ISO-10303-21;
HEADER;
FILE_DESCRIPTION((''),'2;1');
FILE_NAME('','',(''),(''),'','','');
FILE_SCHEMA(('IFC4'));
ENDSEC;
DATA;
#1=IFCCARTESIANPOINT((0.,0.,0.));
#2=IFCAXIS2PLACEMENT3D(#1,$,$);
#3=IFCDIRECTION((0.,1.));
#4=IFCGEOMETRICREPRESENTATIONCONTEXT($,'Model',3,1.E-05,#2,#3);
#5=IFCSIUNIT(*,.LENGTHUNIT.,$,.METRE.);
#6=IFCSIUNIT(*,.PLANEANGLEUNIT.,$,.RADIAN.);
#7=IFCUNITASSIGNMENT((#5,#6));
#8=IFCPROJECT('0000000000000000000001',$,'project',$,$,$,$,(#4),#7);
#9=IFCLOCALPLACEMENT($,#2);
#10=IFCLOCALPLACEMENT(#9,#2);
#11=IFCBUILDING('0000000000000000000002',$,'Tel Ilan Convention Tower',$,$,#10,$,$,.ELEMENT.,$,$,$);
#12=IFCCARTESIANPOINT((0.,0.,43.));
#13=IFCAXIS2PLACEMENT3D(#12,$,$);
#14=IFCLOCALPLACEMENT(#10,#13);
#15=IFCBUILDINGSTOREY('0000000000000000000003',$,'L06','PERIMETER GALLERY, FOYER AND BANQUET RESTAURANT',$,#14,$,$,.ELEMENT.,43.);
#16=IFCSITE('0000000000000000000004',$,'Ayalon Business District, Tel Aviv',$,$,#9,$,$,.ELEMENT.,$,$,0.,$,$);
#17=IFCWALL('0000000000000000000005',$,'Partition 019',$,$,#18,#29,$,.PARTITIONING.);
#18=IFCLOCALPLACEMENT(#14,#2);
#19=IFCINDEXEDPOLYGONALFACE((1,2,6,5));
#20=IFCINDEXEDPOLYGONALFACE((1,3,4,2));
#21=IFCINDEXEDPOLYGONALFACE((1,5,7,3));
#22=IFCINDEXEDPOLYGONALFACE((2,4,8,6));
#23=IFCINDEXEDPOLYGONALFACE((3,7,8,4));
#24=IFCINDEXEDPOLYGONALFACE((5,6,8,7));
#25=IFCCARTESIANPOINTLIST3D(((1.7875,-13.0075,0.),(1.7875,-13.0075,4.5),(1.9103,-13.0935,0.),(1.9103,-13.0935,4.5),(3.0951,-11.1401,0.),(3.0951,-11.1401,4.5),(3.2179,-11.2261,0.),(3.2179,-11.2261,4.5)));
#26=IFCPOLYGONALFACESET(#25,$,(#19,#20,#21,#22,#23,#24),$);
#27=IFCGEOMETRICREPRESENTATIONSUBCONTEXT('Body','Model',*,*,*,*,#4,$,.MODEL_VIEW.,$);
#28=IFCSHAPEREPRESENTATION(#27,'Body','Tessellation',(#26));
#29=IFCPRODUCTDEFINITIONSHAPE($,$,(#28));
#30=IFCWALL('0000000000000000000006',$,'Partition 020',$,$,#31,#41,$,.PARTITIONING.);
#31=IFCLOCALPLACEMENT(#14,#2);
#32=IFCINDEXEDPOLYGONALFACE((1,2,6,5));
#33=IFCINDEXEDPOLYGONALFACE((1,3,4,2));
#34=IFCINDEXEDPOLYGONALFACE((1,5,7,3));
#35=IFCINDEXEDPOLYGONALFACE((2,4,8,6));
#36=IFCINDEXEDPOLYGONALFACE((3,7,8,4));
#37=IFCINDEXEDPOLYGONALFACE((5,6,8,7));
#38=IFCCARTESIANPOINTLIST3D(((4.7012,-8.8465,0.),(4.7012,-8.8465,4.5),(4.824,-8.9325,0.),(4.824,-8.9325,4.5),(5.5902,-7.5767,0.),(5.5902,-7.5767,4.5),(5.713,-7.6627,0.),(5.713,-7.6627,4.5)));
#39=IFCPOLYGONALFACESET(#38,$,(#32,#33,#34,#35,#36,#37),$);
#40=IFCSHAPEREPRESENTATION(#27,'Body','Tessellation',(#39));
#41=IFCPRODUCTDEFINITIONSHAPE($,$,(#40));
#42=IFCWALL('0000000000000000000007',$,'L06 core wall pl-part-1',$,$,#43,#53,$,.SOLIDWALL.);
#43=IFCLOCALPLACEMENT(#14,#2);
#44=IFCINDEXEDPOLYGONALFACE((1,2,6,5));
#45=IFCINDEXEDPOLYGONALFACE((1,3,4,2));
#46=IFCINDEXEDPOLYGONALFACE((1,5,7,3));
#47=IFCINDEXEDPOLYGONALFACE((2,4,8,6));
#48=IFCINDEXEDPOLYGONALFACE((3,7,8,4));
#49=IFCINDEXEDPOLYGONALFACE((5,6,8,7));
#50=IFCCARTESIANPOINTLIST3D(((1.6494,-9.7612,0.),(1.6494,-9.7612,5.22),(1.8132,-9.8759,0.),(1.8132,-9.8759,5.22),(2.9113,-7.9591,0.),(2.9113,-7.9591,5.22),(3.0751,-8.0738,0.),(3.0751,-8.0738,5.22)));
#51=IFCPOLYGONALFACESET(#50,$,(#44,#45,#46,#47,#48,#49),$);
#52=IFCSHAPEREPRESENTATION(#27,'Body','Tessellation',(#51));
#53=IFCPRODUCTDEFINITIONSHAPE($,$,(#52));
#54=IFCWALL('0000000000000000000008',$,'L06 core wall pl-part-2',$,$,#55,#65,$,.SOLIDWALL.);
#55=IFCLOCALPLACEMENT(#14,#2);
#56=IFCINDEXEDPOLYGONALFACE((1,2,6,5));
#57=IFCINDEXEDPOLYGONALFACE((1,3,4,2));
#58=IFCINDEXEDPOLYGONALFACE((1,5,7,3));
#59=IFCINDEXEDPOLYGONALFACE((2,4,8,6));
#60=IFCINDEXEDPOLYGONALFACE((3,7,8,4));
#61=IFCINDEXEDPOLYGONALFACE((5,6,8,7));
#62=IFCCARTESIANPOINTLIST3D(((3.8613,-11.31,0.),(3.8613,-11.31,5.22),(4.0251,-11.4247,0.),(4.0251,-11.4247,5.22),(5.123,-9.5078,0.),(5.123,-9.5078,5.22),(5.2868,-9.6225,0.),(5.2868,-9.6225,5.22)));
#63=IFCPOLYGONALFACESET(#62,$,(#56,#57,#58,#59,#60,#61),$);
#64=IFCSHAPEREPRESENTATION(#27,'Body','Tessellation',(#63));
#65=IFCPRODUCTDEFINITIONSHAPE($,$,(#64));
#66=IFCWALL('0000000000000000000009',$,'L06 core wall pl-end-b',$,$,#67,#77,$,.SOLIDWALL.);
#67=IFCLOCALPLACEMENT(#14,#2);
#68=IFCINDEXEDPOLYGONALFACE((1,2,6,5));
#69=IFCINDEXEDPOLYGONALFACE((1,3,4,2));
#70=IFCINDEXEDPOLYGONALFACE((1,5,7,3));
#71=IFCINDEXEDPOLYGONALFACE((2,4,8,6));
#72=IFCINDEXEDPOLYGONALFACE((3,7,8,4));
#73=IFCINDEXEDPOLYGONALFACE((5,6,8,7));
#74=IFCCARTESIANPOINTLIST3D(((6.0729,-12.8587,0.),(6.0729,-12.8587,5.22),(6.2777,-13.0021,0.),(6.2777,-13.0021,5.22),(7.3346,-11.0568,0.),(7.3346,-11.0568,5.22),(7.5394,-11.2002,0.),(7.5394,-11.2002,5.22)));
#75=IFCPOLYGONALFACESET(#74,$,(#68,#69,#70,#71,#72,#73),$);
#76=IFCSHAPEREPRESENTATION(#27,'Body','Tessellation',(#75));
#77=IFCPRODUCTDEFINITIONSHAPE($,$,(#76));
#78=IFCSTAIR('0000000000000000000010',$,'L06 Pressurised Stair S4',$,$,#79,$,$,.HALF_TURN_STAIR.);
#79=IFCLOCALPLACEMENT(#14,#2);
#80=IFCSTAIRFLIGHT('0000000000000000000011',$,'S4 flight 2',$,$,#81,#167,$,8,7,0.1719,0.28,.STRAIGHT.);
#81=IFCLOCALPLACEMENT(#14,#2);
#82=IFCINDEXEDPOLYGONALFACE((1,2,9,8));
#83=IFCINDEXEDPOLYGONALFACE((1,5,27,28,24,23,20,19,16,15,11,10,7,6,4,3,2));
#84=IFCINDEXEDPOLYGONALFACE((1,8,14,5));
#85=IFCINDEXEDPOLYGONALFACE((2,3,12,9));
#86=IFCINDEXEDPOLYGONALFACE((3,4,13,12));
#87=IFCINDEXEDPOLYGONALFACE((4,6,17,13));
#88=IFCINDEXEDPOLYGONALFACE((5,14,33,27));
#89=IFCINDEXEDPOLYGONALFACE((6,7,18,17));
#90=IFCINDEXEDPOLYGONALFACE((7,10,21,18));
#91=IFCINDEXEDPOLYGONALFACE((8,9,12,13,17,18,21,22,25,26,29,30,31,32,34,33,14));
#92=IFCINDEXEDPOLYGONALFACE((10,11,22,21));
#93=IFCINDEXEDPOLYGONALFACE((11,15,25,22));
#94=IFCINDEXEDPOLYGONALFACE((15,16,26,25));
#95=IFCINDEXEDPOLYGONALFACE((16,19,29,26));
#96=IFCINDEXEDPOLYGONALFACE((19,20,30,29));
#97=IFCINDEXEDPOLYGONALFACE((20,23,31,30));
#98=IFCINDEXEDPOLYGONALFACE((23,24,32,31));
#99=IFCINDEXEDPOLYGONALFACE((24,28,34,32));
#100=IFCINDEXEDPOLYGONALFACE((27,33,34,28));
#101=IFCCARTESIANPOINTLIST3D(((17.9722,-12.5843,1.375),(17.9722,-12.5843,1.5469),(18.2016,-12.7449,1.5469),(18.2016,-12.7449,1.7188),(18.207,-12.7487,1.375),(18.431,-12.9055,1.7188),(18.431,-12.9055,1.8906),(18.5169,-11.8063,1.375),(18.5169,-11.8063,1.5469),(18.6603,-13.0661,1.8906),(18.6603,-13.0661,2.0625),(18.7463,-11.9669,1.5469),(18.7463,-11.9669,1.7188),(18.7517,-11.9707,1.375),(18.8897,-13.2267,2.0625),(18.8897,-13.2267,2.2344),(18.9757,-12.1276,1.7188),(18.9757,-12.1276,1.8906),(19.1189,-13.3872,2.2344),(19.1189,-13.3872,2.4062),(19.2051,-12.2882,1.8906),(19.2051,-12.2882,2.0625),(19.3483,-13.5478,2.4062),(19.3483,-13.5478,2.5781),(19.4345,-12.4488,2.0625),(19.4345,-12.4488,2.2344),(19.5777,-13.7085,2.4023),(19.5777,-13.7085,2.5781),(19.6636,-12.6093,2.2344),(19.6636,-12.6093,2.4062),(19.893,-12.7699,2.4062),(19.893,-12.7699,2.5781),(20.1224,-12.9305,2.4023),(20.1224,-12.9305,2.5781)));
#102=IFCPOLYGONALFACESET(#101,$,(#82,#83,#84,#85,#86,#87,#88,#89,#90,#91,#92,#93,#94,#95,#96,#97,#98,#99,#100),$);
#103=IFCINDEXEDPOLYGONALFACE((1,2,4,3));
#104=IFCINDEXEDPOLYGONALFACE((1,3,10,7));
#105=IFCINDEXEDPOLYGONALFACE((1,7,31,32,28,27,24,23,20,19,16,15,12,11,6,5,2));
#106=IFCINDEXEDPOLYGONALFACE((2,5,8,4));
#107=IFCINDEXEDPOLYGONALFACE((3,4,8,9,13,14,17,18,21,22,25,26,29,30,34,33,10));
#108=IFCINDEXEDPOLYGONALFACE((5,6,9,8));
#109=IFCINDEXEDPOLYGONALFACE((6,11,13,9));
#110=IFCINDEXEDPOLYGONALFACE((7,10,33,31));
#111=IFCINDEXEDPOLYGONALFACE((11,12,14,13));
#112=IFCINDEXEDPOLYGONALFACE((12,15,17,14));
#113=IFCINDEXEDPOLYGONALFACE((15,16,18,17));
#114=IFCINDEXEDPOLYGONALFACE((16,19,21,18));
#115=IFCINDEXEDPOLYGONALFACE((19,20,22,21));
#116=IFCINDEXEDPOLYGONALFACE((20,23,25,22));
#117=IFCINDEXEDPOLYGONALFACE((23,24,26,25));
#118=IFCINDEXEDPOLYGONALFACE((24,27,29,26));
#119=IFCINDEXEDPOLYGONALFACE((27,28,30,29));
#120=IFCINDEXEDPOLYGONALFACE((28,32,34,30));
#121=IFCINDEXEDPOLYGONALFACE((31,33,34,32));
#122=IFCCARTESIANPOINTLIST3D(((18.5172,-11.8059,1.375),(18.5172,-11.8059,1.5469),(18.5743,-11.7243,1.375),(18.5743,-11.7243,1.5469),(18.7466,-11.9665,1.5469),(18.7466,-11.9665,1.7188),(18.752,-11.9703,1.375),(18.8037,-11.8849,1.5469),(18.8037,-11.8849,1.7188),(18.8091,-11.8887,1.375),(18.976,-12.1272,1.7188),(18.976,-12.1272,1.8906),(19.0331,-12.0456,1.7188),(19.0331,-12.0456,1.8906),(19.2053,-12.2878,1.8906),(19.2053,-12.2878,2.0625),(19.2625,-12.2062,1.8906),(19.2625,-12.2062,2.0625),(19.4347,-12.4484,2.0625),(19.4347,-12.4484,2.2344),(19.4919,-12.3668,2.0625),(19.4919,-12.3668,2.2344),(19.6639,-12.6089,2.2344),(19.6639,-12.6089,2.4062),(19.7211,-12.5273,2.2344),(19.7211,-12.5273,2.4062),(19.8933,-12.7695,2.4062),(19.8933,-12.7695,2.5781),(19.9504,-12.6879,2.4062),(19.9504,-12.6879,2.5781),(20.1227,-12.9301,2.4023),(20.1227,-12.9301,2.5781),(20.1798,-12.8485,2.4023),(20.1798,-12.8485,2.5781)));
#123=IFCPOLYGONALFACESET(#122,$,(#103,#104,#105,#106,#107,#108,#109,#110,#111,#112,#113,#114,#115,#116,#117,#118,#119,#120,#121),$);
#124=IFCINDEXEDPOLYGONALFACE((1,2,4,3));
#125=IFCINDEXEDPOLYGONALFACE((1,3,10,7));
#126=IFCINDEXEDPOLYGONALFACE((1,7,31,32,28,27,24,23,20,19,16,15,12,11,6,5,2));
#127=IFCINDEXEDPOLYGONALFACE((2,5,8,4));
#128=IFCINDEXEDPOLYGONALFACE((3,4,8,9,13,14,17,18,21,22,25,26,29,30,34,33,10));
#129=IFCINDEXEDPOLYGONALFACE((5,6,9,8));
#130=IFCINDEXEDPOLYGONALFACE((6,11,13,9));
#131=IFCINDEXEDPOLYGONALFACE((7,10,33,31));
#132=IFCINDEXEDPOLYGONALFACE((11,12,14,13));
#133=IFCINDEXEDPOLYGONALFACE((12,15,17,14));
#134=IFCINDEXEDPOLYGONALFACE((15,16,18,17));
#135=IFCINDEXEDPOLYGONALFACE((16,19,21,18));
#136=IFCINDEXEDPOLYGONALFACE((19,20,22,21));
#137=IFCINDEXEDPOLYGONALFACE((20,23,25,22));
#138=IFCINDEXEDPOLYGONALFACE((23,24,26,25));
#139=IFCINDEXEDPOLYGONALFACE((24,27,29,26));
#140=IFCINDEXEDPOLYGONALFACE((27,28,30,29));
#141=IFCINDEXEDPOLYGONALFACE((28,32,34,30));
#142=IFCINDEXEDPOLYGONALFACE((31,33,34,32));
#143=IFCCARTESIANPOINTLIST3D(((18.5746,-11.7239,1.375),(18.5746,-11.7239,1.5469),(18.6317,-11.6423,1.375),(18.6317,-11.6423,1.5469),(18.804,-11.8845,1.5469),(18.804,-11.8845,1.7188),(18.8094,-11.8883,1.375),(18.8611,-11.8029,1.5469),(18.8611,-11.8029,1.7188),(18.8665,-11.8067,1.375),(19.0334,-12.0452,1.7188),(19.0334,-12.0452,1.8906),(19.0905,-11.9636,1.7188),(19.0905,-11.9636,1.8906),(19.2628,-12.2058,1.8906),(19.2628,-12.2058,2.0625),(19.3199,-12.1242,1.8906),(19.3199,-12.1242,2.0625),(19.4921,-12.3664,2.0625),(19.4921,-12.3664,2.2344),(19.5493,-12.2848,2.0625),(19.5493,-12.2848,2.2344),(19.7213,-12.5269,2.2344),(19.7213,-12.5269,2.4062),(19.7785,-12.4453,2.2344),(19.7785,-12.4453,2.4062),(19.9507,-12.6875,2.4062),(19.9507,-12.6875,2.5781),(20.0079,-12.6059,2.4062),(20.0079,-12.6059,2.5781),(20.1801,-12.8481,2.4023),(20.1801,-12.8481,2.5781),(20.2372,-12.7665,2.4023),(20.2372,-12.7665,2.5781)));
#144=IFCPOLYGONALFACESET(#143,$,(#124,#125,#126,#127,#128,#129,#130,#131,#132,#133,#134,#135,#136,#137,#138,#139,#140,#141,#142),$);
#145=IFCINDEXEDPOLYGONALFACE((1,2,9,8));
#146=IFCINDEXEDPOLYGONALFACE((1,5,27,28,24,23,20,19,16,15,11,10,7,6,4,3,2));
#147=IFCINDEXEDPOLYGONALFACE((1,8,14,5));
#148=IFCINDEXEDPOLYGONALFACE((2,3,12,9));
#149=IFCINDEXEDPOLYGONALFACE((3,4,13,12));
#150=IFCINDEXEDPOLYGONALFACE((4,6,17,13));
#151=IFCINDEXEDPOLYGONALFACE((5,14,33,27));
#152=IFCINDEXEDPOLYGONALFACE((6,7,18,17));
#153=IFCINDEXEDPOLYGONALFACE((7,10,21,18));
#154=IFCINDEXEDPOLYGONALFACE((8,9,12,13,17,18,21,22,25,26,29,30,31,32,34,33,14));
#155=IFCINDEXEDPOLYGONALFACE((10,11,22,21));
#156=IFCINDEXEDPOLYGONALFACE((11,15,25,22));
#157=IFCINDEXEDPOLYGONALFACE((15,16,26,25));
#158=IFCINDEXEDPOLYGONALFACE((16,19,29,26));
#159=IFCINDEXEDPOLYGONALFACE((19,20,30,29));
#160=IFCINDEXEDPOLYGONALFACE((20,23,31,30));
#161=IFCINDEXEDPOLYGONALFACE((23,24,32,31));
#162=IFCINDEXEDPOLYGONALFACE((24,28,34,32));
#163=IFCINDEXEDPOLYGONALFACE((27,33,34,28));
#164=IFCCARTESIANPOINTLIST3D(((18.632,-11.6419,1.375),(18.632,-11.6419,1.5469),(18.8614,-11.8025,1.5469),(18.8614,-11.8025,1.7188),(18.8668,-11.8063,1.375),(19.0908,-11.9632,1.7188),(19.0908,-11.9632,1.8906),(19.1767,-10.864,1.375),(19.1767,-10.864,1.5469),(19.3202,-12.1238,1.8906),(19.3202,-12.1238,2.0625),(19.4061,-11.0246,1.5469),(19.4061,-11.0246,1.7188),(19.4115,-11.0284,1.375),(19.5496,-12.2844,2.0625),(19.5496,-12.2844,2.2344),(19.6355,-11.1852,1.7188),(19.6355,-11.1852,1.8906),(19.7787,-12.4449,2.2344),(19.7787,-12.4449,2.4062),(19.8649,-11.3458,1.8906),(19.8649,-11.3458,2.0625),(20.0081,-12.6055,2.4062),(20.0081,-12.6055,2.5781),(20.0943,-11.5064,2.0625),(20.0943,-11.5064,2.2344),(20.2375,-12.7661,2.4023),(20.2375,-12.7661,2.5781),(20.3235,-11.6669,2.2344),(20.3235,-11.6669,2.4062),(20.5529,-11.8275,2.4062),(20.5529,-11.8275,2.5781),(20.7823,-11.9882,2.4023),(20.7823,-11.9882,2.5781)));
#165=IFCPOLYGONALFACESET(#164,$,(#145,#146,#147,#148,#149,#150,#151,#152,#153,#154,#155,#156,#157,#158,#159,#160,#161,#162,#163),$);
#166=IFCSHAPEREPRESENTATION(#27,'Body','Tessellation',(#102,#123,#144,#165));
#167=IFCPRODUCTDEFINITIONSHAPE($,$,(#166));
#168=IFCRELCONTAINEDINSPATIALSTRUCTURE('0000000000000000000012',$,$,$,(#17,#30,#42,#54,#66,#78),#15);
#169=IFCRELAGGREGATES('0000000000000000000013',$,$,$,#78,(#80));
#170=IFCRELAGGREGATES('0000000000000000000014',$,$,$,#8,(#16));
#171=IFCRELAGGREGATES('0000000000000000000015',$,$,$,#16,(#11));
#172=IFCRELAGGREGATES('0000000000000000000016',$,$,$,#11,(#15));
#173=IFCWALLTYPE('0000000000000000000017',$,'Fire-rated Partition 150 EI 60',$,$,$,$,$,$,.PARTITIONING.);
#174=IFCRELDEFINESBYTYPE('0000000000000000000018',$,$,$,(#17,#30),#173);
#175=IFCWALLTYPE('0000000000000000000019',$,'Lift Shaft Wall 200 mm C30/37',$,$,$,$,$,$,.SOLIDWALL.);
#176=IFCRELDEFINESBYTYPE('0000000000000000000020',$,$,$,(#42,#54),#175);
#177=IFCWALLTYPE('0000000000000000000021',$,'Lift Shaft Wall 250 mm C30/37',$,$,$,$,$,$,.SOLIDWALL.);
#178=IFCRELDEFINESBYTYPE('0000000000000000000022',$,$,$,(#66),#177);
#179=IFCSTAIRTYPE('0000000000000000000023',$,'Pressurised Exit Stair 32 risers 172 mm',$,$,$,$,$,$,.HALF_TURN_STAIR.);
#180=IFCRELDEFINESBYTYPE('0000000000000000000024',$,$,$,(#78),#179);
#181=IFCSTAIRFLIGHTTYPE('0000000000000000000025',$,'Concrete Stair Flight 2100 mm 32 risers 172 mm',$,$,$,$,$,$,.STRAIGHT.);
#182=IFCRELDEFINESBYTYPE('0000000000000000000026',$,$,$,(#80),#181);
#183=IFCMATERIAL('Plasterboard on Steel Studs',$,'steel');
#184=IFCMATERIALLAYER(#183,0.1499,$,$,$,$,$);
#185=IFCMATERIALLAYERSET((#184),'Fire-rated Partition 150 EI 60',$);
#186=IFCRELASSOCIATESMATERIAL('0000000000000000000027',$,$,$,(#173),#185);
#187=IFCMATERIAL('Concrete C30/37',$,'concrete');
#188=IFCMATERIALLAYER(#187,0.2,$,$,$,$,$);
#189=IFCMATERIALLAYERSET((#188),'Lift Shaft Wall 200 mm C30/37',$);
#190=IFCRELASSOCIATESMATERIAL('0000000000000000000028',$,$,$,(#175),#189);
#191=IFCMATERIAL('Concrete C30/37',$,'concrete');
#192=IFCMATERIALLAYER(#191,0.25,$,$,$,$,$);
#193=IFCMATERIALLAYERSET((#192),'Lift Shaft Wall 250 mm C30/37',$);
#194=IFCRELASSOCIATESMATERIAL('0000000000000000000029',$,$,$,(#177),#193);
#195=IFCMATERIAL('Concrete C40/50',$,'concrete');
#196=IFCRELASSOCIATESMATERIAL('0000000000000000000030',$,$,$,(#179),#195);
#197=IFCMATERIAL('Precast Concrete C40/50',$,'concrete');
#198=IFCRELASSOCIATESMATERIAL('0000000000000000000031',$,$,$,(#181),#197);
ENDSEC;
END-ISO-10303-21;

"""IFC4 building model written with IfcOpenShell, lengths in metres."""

from ifc_helpers import new_model, si_unit, direction, frame, frame_2d, origin, place, context, subcontext, project, spatial, polyline, rectangle, outline, extrude, material, layer, layer_set, type_object, element, aggregate, save


model = new_model("IFC4")

# Units and contexts
model_context = context("Model", 3, precision=1e-05, world=origin(), true_north=direction((0.0, 1.0)))
body_context = subcontext(model_context, "Body", "Model", "MODEL_VIEW")
ifc_project = project(units=[si_unit("LENGTHUNIT", "METRE"), si_unit("PLANEANGLEUNIT", "RADIAN")], contexts=[model_context])

# Site, building, storey
site_placement = place(None, origin())
site = spatial("IfcSite", under=ifc_project, at=site_placement, Name="Ayalon Business District, Tel Aviv", CompositionType="ELEMENT", RefElevation=0.0)
building_placement = place(site_placement, origin())
building = spatial("IfcBuilding", under=site, at=building_placement, Name="Tel Ilan Convention Tower", CompositionType="ELEMENT")
storey_placement = place(building_placement, frame((0.0, 0.0, 43.0)))
storey = spatial("IfcBuildingStorey", under=building, at=storey_placement, Name="L06", Description="PERIMETER GALLERY, FOYER AND BANQUET RESTAURANT", CompositionType="ELEMENT", Elevation=43.0)

# Shared definitions
ifc_material_1 = material(Name="Plasterboard on Steel Studs", Category="steel")
ifc_layer_1 = layer(ifc_material_1, 0.1499)
ifc_layer_set_1 = layer_set([ifc_layer_1], Name="Fire-rated Partition 150 EI 60")
wall_type_1 = type_object("IfcWallType", Name="Fire-rated Partition 150 EI 60", PredefinedType="PARTITIONING", material=ifc_layer_set_1)

# Walls
wall_1_placement = place(storey_placement, frame((1.8489, -13.0505, 0.0), z_axis=(0.0, 0.0, 1.0), x_axis=(0.573585, 0.819146, 0.0)))
element("IfcWall", 1, at=wall_1_placement, inside=storey, type_object=wall_type_1, Name="Partition 019", PredefinedType="PARTITIONING", context=body_context, shape_type="SweptSolid", body=[
    extrude(rectangle(XDim=2.2798, YDim=0.1499, at=frame_2d((1.1399, 0.0))), origin(), (0.0, 0.0, 1.0), 4.5),
])
wall_2_placement = place(storey_placement, frame((4.7627, -8.8894, 0.0), z_axis=(0.0, 0.0, 1.0), x_axis=(0.573494, 0.81921, 0.0)))
element("IfcWall", 2, at=wall_2_placement, inside=storey, type_object=wall_type_1, Name="Partition 020", PredefinedType="PARTITIONING", context=body_context, shape_type="SweptSolid", body=[
    extrude(rectangle(XDim=1.55, YDim=0.1499, at=frame_2d((0.7749, 0.0))), origin(), (0.0, 0.0, 1.0), 4.5),
])
ifc_material_2 = material(Name="Concrete C30/37", Category="concrete")
ifc_layer_2 = layer(ifc_material_2, 0.2)
ifc_layer_set_2 = layer_set([ifc_layer_2], Name="Lift Shaft Wall 200 mm C30/37")
wall_type_2 = type_object("IfcWallType", Name="Lift Shaft Wall 200 mm C30/37", PredefinedType="SOLIDWALL", material=ifc_layer_set_2)
for number, where, z_axis, x_axis, name in (
    (3, (1.7312, -9.8186, 0.0), (0.0, 0.0, 1.0), (0.573634, 0.819112, 0.0), "L06 core wall pl-part-1"),
    (4, (3.9431, -11.3674, 0.0), (0.0, 0.0, 1.0), (0.573507, 0.819201, 0.0), "L06 core wall pl-part-2"),
):
    element("IfcWall", number, at=place(storey_placement, frame(where, z_axis=z_axis, x_axis=x_axis)), inside=storey, type_object=wall_type_2, Name=name, PredefinedType="SOLIDWALL", context=body_context, shape_type="SweptSolid", body=[
        extrude(rectangle(XDim=2.2, YDim=0.2, at=frame_2d((1.1001, 0.0))), origin(), (0.0, 0.0, 1.0), 5.22),
    ])
ifc_material_3 = material(Name="Concrete C30/37", Category="concrete")
ifc_layer_3 = layer(ifc_material_3, 0.25)
ifc_layer_set_3 = layer_set([ifc_layer_3], Name="Lift Shaft Wall 250 mm C30/37")
wall_type_3 = type_object("IfcWallType", Name="Lift Shaft Wall 250 mm C30/37", PredefinedType="SOLIDWALL", material=ifc_layer_set_3)
wall_3_placement = place(storey_placement, frame((6.1753, -12.9304, 0.0), z_axis=(0.0, 0.0, 1.0), x_axis=(0.573559, 0.819164, 0.0)))
element("IfcWall", 5, at=wall_3_placement, inside=storey, type_object=wall_type_3, Name="L06 core wall pl-end-b", PredefinedType="SOLIDWALL", context=body_context, shape_type="SweptSolid", body=[
    extrude(rectangle(XDim=2.1997, YDim=0.25, at=frame_2d((1.0999, 0.0))), origin(), (0.0, 0.0, 1.0), 5.22),
])

# Stair, stair flight
ifc_material_4 = material(Name="Concrete C40/50", Category="concrete")
stair_type = type_object("IfcStairType", Name="Pressurised Exit Stair 32 risers 172 mm", PredefinedType="HALF_TURN_STAIR", material=ifc_material_4)
stair_placement = place(storey_placement, origin())
stair = element("IfcStair", 6, at=stair_placement, inside=storey, type_object=stair_type, Name="L06 Pressurised Stair S4", PredefinedType="HALF_TURN_STAIR")
ifc_material_5 = material(Name="Precast Concrete C40/50", Category="concrete")
stair_flight_type = type_object("IfcStairFlightType", Name="Concrete Stair Flight 2100 mm 32 risers 172 mm", PredefinedType="STRAIGHT", material=ifc_material_5)
stair_flight_1_placement = place(storey_placement, frame((18.5745, -11.7241, 1.375), z_axis=(0.0, 0.0, 1.0), x_axis=(0.819152, -0.573576, 0.0)))
stair_flight_1 = element("IfcStairFlight", 7, at=stair_flight_1_placement, type_object=stair_flight_type, Name="S4 flight 2", NumberOfRisers=8, NumberOfTreads=7, PredefinedType="STRAIGHT", RiserHeight=0.1719, TreadLength=0.28, context=body_context, shape_type="SweptSolid", body=[
    extrude(outline(polyline([(0.0, 0.0), (0.0, 0.1719), (0.28, 0.1719), (0.28, 0.3438), (0.5601, 0.3438), (0.5601, 0.5156), (0.8401, 0.5156), (0.8401, 0.6875), (1.1201, 0.6875), (1.1201, 0.8594), (1.3999, 0.8594), (1.3999, 1.0312), (1.6799, 1.0312), (1.6799, 1.2031), (1.96, 1.2031), (1.96, 1.375), (1.96, 1.0273), (0.2866, 0.0), (0.0, 0.0)])), frame((0.0, -0.1003, 0.0), z_axis=(0.0, -1.0, 0.0), x_axis=(1.0, 0.0, 0.0)), (0.0, 0.0, 1.0), 0.9497),
    extrude(outline(polyline([(0.0, 0.0), (0.0, 0.1719), (0.28, 0.1719), (0.28, 0.3438), (0.5601, 0.3438), (0.5601, 0.5156), (0.8401, 0.5156), (0.8401, 0.6875), (1.1201, 0.6875), (1.1201, 0.8594), (1.3999, 0.8594), (1.3999, 1.0312), (1.6799, 1.0312), (1.6799, 1.2031), (1.96, 1.2031), (1.96, 1.375), (1.96, 1.0273), (0.2866, 0.0), (0.0, 0.0)])), frame((0.0, -0.0002, 0.0), z_axis=(0.0, -1.0, 0.0), x_axis=(1.0, 0.0, 0.0)), (0.0, 0.0, 1.0), 0.0996),
    extrude(outline(polyline([(0.0, 0.0), (0.0, 0.1719), (0.28, 0.1719), (0.28, 0.3438), (0.5601, 0.3438), (0.5601, 0.5156), (0.8401, 0.5156), (0.8401, 0.6875), (1.1201, 0.6875), (1.1201, 0.8594), (1.3999, 0.8594), (1.3999, 1.0312), (1.6799, 1.0312), (1.6799, 1.2031), (1.96, 1.2031), (1.96, 1.375), (1.96, 1.0273), (0.2866, 0.0), (0.0, 0.0)])), frame((0.0, 0.0999, 0.0), z_axis=(0.0, -1.0, 0.0), x_axis=(1.0, 0.0, 0.0)), (0.0, 0.0, 1.0), 0.0996),
    extrude(outline(polyline([(0.0, 0.0), (0.0, 0.1719), (0.28, 0.1719), (0.28, 0.3438), (0.5601, 0.3438), (0.5601, 0.5156), (0.8401, 0.5156), (0.8401, 0.6875), (1.1201, 0.6875), (1.1201, 0.8594), (1.3999, 0.8594), (1.3999, 1.0312), (1.6799, 1.0312), (1.6799, 1.2031), (1.96, 1.2031), (1.96, 1.375), (1.96, 1.0273), (0.2866, 0.0), (0.0, 0.0)])), frame((0.0, 1.05, 0.0), z_axis=(0.0, -1.0, 0.0), x_axis=(1.0, 0.0, 0.0)), (0.0, 0.0, 1.0), 0.9497),
])
aggregate(stair, [stair_flight_1])

save(model, "model.ifc")
